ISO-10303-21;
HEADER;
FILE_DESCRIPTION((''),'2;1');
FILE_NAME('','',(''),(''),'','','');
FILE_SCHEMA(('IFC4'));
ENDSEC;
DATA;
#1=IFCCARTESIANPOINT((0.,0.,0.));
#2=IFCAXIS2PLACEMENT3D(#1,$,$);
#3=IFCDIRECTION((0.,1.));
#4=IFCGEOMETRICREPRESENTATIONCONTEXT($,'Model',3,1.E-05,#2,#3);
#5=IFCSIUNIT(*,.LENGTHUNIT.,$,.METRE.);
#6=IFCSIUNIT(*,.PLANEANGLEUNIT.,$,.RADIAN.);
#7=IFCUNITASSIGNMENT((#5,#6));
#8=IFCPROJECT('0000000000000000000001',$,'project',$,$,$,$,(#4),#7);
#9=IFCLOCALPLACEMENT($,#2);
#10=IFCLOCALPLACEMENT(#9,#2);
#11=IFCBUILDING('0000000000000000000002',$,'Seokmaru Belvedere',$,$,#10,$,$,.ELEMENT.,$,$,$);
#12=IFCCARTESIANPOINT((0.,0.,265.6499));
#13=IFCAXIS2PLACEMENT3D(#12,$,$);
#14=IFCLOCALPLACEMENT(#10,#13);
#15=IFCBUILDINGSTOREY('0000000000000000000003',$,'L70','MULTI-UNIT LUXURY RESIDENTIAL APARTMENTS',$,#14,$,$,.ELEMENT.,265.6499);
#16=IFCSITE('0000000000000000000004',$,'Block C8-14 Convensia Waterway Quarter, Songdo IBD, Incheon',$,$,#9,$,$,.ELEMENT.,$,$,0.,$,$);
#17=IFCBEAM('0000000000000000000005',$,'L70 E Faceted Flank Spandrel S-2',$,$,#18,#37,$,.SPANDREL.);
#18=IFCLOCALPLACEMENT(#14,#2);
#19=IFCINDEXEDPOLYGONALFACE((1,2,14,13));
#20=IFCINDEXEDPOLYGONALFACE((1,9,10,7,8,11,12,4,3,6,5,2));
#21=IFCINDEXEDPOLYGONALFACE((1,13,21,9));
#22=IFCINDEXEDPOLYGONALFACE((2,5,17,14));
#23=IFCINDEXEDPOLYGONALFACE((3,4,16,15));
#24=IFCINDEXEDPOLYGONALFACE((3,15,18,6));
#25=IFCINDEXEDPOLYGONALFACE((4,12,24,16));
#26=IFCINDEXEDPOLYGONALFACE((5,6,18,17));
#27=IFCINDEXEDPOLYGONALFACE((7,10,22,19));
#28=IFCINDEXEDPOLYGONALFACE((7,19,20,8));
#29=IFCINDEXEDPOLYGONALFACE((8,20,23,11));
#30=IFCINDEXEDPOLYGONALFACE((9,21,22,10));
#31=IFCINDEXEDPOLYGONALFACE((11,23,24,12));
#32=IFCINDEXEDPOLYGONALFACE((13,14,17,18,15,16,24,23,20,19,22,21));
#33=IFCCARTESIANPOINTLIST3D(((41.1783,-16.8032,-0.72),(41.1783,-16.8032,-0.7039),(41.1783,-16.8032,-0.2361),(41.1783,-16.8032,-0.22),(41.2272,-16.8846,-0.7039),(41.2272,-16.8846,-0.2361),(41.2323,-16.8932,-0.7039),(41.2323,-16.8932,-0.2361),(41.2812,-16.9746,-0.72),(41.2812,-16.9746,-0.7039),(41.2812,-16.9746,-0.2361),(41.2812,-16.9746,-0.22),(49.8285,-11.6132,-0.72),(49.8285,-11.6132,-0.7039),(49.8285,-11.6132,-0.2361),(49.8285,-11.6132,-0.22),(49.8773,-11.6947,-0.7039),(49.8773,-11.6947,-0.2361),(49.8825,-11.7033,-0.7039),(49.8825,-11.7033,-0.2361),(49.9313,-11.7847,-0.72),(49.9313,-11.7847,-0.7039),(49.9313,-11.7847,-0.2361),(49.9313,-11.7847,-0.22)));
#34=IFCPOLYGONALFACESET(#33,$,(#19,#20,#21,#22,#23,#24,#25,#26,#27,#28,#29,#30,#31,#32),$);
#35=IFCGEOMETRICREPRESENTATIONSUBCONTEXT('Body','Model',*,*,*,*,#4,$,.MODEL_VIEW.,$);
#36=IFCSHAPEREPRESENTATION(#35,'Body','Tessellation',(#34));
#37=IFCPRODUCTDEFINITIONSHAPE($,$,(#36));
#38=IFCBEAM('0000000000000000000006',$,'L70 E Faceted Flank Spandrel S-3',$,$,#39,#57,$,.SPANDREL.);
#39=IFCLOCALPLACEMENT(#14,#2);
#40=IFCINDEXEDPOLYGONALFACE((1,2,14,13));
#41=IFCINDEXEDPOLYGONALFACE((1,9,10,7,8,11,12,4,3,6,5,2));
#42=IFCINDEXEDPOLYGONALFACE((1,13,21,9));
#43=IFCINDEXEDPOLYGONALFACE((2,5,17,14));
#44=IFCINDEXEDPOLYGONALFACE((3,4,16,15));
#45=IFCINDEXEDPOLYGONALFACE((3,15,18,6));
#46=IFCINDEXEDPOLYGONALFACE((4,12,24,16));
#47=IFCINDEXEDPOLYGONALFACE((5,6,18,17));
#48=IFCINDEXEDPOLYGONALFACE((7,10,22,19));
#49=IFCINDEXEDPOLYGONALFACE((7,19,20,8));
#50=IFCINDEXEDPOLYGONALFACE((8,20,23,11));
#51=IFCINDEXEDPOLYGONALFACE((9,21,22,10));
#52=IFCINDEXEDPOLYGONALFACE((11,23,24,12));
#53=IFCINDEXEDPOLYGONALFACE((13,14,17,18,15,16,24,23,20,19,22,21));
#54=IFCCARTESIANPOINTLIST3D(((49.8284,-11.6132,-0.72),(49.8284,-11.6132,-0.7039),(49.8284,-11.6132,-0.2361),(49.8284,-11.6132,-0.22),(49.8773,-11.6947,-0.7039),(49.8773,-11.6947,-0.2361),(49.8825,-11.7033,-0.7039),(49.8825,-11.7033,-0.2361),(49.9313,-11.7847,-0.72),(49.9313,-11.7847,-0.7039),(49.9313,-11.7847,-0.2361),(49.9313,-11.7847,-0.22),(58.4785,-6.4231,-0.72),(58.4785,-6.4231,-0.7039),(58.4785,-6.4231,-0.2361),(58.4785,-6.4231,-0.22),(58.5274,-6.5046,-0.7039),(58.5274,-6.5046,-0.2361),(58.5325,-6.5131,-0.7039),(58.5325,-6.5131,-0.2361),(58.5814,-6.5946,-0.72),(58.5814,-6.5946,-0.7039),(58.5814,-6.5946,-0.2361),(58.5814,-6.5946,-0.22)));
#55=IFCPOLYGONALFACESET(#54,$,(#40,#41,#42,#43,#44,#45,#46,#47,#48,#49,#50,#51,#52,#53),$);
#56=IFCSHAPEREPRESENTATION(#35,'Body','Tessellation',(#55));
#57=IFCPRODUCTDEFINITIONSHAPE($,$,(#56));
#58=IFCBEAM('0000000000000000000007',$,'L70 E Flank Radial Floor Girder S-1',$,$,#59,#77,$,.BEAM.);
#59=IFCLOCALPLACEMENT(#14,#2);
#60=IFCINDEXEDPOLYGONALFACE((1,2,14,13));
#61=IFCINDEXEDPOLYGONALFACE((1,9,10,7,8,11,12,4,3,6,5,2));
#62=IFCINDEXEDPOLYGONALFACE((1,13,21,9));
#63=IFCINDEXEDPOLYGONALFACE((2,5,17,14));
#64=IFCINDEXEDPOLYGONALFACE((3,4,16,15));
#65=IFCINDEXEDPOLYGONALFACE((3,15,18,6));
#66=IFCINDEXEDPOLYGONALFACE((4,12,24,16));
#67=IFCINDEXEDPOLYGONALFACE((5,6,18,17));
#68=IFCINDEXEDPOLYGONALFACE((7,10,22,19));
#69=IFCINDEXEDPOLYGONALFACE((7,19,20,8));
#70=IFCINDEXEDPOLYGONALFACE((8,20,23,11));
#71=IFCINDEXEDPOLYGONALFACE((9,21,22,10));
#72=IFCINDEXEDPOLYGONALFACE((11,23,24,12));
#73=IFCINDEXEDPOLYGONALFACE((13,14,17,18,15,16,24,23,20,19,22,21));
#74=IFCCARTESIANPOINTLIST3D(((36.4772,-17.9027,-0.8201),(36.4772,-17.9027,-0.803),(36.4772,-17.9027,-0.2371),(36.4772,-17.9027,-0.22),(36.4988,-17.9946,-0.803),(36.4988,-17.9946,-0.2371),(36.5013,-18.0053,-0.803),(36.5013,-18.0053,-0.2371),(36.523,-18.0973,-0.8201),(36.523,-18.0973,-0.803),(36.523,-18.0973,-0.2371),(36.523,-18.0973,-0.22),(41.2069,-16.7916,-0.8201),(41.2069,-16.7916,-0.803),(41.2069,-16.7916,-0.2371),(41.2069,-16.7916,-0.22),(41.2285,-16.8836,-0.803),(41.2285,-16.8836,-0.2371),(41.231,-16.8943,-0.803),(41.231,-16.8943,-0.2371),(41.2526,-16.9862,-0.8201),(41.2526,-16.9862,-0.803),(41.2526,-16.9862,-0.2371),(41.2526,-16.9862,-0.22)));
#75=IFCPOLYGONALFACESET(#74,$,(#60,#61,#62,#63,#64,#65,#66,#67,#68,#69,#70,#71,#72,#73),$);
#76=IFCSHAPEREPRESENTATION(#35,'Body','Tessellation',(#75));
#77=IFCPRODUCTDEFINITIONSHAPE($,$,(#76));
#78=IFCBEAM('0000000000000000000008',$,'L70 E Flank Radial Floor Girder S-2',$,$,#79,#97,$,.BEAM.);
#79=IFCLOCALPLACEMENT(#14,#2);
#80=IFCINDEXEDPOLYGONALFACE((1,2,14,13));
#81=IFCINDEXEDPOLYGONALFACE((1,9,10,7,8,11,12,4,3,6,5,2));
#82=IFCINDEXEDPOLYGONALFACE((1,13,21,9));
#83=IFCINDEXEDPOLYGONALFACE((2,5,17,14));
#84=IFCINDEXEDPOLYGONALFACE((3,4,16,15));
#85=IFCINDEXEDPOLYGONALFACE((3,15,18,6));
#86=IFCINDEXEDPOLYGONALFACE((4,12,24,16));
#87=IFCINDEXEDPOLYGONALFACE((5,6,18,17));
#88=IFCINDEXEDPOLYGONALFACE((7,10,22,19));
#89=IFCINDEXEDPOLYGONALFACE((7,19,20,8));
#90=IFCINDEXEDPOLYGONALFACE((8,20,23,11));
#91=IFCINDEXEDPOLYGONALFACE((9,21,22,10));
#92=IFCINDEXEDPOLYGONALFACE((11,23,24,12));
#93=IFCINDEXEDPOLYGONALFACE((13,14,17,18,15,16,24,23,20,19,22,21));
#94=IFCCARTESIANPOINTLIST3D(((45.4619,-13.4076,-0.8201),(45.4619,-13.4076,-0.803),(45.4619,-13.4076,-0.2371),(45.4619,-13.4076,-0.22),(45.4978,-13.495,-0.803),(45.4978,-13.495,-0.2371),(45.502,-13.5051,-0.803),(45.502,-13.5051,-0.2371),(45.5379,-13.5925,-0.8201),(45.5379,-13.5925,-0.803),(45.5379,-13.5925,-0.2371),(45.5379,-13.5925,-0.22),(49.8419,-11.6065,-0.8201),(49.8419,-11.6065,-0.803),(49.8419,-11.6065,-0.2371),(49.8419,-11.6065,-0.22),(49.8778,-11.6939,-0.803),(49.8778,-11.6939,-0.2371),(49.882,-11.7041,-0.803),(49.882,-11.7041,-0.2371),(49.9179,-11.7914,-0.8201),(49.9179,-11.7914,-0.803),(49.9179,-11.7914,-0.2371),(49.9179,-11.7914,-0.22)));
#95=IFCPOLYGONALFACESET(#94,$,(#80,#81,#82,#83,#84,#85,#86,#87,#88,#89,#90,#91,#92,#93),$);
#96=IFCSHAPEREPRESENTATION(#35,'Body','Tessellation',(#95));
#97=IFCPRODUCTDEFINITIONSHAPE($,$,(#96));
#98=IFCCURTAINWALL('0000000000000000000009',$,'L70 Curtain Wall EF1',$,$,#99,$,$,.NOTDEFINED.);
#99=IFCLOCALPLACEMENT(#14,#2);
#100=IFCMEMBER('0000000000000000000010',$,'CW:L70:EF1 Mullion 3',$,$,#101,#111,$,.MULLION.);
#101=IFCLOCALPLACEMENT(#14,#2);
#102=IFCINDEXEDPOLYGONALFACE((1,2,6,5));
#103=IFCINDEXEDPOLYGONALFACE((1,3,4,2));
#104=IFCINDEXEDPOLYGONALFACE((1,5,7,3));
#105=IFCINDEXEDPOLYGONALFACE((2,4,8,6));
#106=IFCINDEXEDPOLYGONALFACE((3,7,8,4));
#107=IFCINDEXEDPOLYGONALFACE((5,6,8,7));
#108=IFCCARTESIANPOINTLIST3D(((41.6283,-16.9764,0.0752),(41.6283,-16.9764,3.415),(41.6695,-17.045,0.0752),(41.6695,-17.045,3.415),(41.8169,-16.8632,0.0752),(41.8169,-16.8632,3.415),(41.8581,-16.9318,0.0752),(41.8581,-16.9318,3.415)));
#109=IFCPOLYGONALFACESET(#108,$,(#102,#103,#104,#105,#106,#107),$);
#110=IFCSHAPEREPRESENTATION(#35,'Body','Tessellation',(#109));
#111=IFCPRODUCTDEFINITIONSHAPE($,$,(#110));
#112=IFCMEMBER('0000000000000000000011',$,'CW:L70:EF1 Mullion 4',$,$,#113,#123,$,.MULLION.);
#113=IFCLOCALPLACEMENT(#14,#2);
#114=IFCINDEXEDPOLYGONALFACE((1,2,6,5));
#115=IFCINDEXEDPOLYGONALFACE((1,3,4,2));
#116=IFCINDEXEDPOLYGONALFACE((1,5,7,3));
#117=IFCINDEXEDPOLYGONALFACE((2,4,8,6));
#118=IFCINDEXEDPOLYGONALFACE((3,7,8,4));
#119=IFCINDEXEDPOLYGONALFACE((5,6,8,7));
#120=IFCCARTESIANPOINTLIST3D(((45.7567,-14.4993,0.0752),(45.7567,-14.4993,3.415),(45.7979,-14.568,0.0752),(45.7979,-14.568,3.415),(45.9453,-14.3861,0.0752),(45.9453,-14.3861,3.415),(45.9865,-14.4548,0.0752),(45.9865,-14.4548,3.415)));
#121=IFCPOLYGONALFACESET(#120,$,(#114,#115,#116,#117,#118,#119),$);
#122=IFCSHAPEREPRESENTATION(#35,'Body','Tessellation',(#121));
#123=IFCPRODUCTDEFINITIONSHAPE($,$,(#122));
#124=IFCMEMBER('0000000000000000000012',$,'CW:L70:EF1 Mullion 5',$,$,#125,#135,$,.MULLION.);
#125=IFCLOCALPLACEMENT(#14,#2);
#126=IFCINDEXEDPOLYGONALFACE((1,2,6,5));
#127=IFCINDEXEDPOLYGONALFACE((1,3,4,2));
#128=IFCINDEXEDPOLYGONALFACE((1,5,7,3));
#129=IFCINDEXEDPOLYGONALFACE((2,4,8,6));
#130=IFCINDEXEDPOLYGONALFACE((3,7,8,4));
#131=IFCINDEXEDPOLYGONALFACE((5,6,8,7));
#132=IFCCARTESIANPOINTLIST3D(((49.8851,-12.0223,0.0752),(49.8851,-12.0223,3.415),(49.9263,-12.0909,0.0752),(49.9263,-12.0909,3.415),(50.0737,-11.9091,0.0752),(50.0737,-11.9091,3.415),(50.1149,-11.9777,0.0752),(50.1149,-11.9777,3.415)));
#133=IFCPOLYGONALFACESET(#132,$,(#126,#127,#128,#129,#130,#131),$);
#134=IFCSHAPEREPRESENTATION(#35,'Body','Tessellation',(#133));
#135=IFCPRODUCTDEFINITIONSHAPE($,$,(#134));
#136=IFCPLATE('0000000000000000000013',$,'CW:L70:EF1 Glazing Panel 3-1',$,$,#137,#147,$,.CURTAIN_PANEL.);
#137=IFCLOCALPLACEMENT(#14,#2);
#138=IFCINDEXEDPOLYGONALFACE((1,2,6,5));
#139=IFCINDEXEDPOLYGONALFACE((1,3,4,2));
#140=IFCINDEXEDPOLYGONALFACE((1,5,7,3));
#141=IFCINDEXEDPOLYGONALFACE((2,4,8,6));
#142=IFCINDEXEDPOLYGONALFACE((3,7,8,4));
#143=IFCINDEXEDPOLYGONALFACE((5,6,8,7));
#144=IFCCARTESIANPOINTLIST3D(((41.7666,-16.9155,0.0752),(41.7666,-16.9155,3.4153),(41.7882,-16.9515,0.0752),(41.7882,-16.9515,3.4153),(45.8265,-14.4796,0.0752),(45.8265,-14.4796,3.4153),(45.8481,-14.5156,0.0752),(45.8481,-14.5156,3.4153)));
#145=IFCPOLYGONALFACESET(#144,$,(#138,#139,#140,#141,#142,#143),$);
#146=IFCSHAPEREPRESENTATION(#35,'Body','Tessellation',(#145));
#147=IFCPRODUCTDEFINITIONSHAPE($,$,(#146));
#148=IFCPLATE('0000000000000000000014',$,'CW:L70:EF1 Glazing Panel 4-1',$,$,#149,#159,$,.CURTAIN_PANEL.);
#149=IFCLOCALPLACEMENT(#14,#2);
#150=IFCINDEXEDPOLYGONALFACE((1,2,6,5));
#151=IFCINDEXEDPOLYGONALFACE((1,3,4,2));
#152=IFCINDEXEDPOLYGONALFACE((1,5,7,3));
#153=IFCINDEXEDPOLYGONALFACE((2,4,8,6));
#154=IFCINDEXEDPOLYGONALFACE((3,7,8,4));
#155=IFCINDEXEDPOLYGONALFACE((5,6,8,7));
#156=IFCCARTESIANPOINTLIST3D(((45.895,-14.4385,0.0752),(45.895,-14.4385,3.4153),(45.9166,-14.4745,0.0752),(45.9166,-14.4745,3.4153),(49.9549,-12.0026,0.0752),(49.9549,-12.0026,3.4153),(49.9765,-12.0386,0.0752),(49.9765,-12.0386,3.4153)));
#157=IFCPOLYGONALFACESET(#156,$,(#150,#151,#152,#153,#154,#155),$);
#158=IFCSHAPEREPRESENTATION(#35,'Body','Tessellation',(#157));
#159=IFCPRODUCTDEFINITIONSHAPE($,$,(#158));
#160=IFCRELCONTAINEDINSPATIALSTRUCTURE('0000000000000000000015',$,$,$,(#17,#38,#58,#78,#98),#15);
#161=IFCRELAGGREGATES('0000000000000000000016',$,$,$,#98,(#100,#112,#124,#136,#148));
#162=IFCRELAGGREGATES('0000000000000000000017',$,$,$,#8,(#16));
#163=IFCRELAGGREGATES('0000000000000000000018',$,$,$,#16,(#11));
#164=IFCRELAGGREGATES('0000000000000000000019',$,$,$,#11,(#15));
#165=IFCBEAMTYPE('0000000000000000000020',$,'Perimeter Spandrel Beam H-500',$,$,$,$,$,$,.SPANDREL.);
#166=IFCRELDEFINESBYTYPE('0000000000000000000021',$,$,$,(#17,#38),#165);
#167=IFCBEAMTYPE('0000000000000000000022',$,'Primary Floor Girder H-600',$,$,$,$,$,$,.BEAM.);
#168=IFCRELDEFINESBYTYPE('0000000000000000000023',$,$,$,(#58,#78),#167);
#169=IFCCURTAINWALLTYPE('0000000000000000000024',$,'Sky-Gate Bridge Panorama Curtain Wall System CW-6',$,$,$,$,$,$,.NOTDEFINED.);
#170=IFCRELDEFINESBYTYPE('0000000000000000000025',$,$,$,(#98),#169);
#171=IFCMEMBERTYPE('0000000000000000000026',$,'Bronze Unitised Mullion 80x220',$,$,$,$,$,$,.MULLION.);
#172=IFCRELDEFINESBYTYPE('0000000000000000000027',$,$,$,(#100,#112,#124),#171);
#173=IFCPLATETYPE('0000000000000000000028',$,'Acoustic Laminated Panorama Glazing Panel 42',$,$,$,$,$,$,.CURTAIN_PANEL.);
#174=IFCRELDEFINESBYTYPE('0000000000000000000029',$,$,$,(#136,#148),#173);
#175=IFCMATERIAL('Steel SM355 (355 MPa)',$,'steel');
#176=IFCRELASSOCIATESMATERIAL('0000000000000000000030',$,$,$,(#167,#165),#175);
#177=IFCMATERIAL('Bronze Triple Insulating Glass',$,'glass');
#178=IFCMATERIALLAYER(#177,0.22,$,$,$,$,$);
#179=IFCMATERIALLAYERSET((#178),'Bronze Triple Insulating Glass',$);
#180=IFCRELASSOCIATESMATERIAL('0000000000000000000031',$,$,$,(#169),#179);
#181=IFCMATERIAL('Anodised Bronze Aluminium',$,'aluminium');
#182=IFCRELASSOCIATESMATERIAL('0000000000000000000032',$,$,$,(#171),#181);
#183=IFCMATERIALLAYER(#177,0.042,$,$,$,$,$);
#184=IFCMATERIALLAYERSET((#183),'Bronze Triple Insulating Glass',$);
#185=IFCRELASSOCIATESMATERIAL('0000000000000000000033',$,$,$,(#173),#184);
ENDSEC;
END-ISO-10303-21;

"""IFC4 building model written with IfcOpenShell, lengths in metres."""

from ifc_helpers import new_model, si_unit, direction, frame, origin, origin_2d, place, context, subcontext, project, spatial, rectangle, i_section, extrude, source, transform, mapped, material, layer, layer_set, material_profile, profile_set, type_object, type_shapes, element, aggregate, save


model = new_model("IFC4")

# Units and contexts
model_context = context("Model", 3, precision=1e-05, world=origin(), true_north=direction((0.0, 1.0)))
body_context = subcontext(model_context, "Body", "Model", "MODEL_VIEW")
ifc_project = project(units=[si_unit("LENGTHUNIT", "METRE"), si_unit("PLANEANGLEUNIT", "RADIAN")], contexts=[model_context])

# Site, building, storey
site_placement = place(None, origin())
site = spatial("IfcSite", under=ifc_project, at=site_placement, Name="Block C8-14 Convensia Waterway Quarter, Songdo IBD, Incheon", CompositionType="ELEMENT", RefElevation=0.0)
building_placement = place(site_placement, origin())
building = spatial("IfcBuilding", under=site, at=building_placement, Name="Seokmaru Belvedere", CompositionType="ELEMENT")
storey_placement = place(building_placement, frame((0.0, 0.0, 265.6499)))
storey = spatial("IfcBuildingStorey", under=building, at=storey_placement, Name="L70", Description="MULTI-UNIT LUXURY RESIDENTIAL APARTMENTS", CompositionType="ELEMENT", Elevation=265.6499)

# Shared definitions
ifc_material_1 = material(Name="Steel SM355 (355 MPa)", Category="steel")

# Beams
ifc_material_profile_1 = material_profile(ifc_material_1, i_section(OverallWidth=0.2, OverallDepth=0.6001, WebThickness=0.011, FlangeThickness=0.0171, at=origin_2d()), Name="H-600x200x11x17")
ifc_profile_set_1 = profile_set([ifc_material_profile_1], Name="Steel SM355 (355 MPa)")
beam_type_1 = type_object("IfcBeamType", Name="Primary Floor Girder H-600", PredefinedType="BEAM", material=ifc_profile_set_1)
ifc_material_profile_2 = material_profile(ifc_material_1, i_section(OverallWidth=0.2, OverallDepth=0.5, WebThickness=0.01, FlangeThickness=0.0161, at=origin_2d()), Name="H-500x200x10x16")
ifc_profile_set_2 = profile_set([ifc_material_profile_2], Name="Steel SM355 (355 MPa)")
beam_type_2 = type_object("IfcBeamType", Name="Perimeter Spandrel Beam H-500", PredefinedType="SPANDREL", material=ifc_profile_set_2)
shared_shape_1 = source(origin(), body_context, "Body", "SweptSolid", [
    extrude(i_section(OverallWidth=0.2, OverallDepth=0.5, WebThickness=0.01, FlangeThickness=0.0161, at=origin_2d()), origin(), (0.0, 0.0, 1.0), 10.0876),
])
type_shapes(beam_type_2, [shared_shape_1])
for number, where, z_axis, x_axis, name in (
    (1, (41.2297, -16.8889, -0.47), (0.857499, 0.514485, 0.0), (-0.514485, 0.857499, 0.0), "L70 E Faceted Flank Spandrel S-2"),
    (2, (49.8799, -11.699, -0.47), (0.857489, 0.514503, 0.0), (-0.514503, 0.857489, 0.0), "L70 E Faceted Flank Spandrel S-3"),
):
    element("IfcBeam", number, at=place(storey_placement, frame(where, z_axis=z_axis, x_axis=x_axis)), inside=storey, type_object=beam_type_2, Name=name, PredefinedType="SPANDREL", context=body_context, shape_type="MappedRepresentation", body=[
        mapped(shared_shape_1, transform((0.0, 0.0, 0.0), scale=1.0)),
    ])
shared_shape_2 = source(origin(), body_context, "Body", "SweptSolid", [
    extrude(i_section(OverallWidth=0.2, OverallDepth=0.6001, WebThickness=0.011, FlangeThickness=0.0171, at=origin_2d()), origin(), (0.0, 0.0, 1.0), 4.8584),
])
beam_1_placement = place(storey_placement, frame((41.2297, -16.8889, -0.52), z_axis=(-0.973499, -0.228689, 0.0), x_axis=(0.228689, -0.973499, 0.0)))
element("IfcBeam", 3, at=beam_1_placement, inside=storey, type_object=beam_type_1, Name="L70 E Flank Radial Floor Girder S-1", PredefinedType="BEAM", context=body_context, shape_type="MappedRepresentation", body=[
    mapped(shared_shape_2, transform((0.0, 0.0, 0.0), scale=1.0)),
])
shared_shape_3 = source(origin(), body_context, "Body", "SweptSolid", [
    extrude(i_section(OverallWidth=0.2, OverallDepth=0.6001, WebThickness=0.011, FlangeThickness=0.0171, at=origin_2d()), origin(), (0.0, 0.0, 1.0), 4.7358),
])
beam_2_placement = place(storey_placement, frame((49.8799, -11.699, -0.52), z_axis=(-0.924861, -0.380306, 0.0), x_axis=(0.380306, -0.924861, 0.0)))
element("IfcBeam", 4, at=beam_2_placement, inside=storey, type_object=beam_type_1, Name="L70 E Flank Radial Floor Girder S-2", PredefinedType="BEAM", context=body_context, shape_type="MappedRepresentation", body=[
    mapped(shared_shape_3, transform((0.0, 0.0, 0.0), scale=1.0)),
])

# Curtain wall, members, plates
ifc_material_2 = material(Name="Bronze Triple Insulating Glass", Category="glass")
ifc_layer_1 = layer(ifc_material_2, 0.22)
ifc_layer_set_1 = layer_set([ifc_layer_1], Name="Bronze Triple Insulating Glass")
curtain_wall_type = type_object("IfcCurtainWallType", Name="Sky-Gate Bridge Panorama Curtain Wall System CW-6", PredefinedType="NOTDEFINED", material=ifc_layer_set_1)
curtain_wall_placement = place(storey_placement, origin())
curtain_wall = element("IfcCurtainWall", 5, at=curtain_wall_placement, inside=storey, type_object=curtain_wall_type, Name="L70 Curtain Wall EF1", PredefinedType="NOTDEFINED")
ifc_material_3 = material(Name="Anodised Bronze Aluminium", Category="aluminium")
ifc_material_profile_3 = material_profile(ifc_material_3, rectangle(XDim=0.0801, YDim=0.22, at=origin_2d()), Name="CW-M-80x220")
ifc_profile_set_3 = profile_set([ifc_material_profile_3], Name="Anodised Bronze Aluminium")
member_type = type_object("IfcMemberType", Name="Bronze Unitised Mullion 80x220", PredefinedType="MULLION", material=ifc_profile_set_3)
shared_shape_4 = source(origin(), body_context, "Body", "SweptSolid", [
    extrude(rectangle(XDim=0.0801, YDim=0.22, at=origin_2d()), origin(), (0.0, 0.0, 1.0), 3.3398),
])
type_shapes(member_type, [shared_shape_4])
member_1_placement = place(storey_placement, frame((41.7432, -16.9541, 0.0752), z_axis=(0.0, 0.0, 1.0), x_axis=(-0.514495, 0.857493, 0.0)))
member_1 = element("IfcMember", 6, at=member_1_placement, type_object=member_type, Name="CW:L70:EF1 Mullion 3", PredefinedType="MULLION", context=body_context, shape_type="MappedRepresentation", body=[
    mapped(shared_shape_4, transform((0.0, 0.0, 0.0), scale=1.0)),
])
member_2_placement = place(storey_placement, frame((45.8716, -14.4771, 0.0752), z_axis=(0.0, 0.0, 1.0), x_axis=(-0.514495, 0.857493, 0.0)))
member_2 = element("IfcMember", 7, at=member_2_placement, type_object=member_type, Name="CW:L70:EF1 Mullion 4", PredefinedType="MULLION", context=body_context, shape_type="MappedRepresentation", body=[
    mapped(shared_shape_4, transform((0.0, 0.0, 0.0), scale=1.0)),
])
member_3_placement = place(storey_placement, frame((50.0, -12.0, 0.0752), z_axis=(0.0, 0.0, 1.0), x_axis=(-0.514495, 0.857493, 0.0)))
member_3 = element("IfcMember", 8, at=member_3_placement, type_object=member_type, Name="CW:L70:EF1 Mullion 5", PredefinedType="MULLION", context=body_context, shape_type="MappedRepresentation", body=[
    mapped(shared_shape_4, transform((0.0, 0.0, 0.0), scale=1.0)),
])
ifc_layer_2 = layer(ifc_material_2, 0.042)
ifc_layer_set_2 = layer_set([ifc_layer_2], Name="Bronze Triple Insulating Glass")
plate_type = type_object("IfcPlateType", Name="Acoustic Laminated Panorama Glazing Panel 42", PredefinedType="CURTAIN_PANEL", material=ifc_layer_set_2)
shared_shape_5 = source(origin(), body_context, "Body", "SweptSolid", [
    extrude(rectangle(XDim=4.7346, YDim=0.042, at=origin_2d()), origin(), (0.0, 0.0, 1.0), 3.3401),
])
type_shapes(plate_type, [shared_shape_5])
plate_1_placement = place(storey_placement, frame((43.8074, -15.7156, 0.0752), z_axis=(0.0, 0.0, 1.0), x_axis=(0.857493, 0.514495, 0.0)))
plate_1 = element("IfcPlate", 9, at=plate_1_placement, type_object=plate_type, Name="CW:L70:EF1 Glazing Panel 3-1", PredefinedType="CURTAIN_PANEL", context=body_context, shape_type="MappedRepresentation", body=[
    mapped(shared_shape_5, transform((0.0, 0.0, 0.0), scale=1.0)),
])
plate_2_placement = place(storey_placement, frame((47.9358, -13.2385, 0.0752), z_axis=(0.0, 0.0, 1.0), x_axis=(0.857493, 0.514495, 0.0)))
plate_2 = element("IfcPlate", 10, at=plate_2_placement, type_object=plate_type, Name="CW:L70:EF1 Glazing Panel 4-1", PredefinedType="CURTAIN_PANEL", context=body_context, shape_type="MappedRepresentation", body=[
    mapped(shared_shape_5, transform((0.0, 0.0, 0.0), scale=1.0)),
])
aggregate(curtain_wall, [member_1, member_2, member_3, plate_1, plate_2])

save(model, "model.ifc")
